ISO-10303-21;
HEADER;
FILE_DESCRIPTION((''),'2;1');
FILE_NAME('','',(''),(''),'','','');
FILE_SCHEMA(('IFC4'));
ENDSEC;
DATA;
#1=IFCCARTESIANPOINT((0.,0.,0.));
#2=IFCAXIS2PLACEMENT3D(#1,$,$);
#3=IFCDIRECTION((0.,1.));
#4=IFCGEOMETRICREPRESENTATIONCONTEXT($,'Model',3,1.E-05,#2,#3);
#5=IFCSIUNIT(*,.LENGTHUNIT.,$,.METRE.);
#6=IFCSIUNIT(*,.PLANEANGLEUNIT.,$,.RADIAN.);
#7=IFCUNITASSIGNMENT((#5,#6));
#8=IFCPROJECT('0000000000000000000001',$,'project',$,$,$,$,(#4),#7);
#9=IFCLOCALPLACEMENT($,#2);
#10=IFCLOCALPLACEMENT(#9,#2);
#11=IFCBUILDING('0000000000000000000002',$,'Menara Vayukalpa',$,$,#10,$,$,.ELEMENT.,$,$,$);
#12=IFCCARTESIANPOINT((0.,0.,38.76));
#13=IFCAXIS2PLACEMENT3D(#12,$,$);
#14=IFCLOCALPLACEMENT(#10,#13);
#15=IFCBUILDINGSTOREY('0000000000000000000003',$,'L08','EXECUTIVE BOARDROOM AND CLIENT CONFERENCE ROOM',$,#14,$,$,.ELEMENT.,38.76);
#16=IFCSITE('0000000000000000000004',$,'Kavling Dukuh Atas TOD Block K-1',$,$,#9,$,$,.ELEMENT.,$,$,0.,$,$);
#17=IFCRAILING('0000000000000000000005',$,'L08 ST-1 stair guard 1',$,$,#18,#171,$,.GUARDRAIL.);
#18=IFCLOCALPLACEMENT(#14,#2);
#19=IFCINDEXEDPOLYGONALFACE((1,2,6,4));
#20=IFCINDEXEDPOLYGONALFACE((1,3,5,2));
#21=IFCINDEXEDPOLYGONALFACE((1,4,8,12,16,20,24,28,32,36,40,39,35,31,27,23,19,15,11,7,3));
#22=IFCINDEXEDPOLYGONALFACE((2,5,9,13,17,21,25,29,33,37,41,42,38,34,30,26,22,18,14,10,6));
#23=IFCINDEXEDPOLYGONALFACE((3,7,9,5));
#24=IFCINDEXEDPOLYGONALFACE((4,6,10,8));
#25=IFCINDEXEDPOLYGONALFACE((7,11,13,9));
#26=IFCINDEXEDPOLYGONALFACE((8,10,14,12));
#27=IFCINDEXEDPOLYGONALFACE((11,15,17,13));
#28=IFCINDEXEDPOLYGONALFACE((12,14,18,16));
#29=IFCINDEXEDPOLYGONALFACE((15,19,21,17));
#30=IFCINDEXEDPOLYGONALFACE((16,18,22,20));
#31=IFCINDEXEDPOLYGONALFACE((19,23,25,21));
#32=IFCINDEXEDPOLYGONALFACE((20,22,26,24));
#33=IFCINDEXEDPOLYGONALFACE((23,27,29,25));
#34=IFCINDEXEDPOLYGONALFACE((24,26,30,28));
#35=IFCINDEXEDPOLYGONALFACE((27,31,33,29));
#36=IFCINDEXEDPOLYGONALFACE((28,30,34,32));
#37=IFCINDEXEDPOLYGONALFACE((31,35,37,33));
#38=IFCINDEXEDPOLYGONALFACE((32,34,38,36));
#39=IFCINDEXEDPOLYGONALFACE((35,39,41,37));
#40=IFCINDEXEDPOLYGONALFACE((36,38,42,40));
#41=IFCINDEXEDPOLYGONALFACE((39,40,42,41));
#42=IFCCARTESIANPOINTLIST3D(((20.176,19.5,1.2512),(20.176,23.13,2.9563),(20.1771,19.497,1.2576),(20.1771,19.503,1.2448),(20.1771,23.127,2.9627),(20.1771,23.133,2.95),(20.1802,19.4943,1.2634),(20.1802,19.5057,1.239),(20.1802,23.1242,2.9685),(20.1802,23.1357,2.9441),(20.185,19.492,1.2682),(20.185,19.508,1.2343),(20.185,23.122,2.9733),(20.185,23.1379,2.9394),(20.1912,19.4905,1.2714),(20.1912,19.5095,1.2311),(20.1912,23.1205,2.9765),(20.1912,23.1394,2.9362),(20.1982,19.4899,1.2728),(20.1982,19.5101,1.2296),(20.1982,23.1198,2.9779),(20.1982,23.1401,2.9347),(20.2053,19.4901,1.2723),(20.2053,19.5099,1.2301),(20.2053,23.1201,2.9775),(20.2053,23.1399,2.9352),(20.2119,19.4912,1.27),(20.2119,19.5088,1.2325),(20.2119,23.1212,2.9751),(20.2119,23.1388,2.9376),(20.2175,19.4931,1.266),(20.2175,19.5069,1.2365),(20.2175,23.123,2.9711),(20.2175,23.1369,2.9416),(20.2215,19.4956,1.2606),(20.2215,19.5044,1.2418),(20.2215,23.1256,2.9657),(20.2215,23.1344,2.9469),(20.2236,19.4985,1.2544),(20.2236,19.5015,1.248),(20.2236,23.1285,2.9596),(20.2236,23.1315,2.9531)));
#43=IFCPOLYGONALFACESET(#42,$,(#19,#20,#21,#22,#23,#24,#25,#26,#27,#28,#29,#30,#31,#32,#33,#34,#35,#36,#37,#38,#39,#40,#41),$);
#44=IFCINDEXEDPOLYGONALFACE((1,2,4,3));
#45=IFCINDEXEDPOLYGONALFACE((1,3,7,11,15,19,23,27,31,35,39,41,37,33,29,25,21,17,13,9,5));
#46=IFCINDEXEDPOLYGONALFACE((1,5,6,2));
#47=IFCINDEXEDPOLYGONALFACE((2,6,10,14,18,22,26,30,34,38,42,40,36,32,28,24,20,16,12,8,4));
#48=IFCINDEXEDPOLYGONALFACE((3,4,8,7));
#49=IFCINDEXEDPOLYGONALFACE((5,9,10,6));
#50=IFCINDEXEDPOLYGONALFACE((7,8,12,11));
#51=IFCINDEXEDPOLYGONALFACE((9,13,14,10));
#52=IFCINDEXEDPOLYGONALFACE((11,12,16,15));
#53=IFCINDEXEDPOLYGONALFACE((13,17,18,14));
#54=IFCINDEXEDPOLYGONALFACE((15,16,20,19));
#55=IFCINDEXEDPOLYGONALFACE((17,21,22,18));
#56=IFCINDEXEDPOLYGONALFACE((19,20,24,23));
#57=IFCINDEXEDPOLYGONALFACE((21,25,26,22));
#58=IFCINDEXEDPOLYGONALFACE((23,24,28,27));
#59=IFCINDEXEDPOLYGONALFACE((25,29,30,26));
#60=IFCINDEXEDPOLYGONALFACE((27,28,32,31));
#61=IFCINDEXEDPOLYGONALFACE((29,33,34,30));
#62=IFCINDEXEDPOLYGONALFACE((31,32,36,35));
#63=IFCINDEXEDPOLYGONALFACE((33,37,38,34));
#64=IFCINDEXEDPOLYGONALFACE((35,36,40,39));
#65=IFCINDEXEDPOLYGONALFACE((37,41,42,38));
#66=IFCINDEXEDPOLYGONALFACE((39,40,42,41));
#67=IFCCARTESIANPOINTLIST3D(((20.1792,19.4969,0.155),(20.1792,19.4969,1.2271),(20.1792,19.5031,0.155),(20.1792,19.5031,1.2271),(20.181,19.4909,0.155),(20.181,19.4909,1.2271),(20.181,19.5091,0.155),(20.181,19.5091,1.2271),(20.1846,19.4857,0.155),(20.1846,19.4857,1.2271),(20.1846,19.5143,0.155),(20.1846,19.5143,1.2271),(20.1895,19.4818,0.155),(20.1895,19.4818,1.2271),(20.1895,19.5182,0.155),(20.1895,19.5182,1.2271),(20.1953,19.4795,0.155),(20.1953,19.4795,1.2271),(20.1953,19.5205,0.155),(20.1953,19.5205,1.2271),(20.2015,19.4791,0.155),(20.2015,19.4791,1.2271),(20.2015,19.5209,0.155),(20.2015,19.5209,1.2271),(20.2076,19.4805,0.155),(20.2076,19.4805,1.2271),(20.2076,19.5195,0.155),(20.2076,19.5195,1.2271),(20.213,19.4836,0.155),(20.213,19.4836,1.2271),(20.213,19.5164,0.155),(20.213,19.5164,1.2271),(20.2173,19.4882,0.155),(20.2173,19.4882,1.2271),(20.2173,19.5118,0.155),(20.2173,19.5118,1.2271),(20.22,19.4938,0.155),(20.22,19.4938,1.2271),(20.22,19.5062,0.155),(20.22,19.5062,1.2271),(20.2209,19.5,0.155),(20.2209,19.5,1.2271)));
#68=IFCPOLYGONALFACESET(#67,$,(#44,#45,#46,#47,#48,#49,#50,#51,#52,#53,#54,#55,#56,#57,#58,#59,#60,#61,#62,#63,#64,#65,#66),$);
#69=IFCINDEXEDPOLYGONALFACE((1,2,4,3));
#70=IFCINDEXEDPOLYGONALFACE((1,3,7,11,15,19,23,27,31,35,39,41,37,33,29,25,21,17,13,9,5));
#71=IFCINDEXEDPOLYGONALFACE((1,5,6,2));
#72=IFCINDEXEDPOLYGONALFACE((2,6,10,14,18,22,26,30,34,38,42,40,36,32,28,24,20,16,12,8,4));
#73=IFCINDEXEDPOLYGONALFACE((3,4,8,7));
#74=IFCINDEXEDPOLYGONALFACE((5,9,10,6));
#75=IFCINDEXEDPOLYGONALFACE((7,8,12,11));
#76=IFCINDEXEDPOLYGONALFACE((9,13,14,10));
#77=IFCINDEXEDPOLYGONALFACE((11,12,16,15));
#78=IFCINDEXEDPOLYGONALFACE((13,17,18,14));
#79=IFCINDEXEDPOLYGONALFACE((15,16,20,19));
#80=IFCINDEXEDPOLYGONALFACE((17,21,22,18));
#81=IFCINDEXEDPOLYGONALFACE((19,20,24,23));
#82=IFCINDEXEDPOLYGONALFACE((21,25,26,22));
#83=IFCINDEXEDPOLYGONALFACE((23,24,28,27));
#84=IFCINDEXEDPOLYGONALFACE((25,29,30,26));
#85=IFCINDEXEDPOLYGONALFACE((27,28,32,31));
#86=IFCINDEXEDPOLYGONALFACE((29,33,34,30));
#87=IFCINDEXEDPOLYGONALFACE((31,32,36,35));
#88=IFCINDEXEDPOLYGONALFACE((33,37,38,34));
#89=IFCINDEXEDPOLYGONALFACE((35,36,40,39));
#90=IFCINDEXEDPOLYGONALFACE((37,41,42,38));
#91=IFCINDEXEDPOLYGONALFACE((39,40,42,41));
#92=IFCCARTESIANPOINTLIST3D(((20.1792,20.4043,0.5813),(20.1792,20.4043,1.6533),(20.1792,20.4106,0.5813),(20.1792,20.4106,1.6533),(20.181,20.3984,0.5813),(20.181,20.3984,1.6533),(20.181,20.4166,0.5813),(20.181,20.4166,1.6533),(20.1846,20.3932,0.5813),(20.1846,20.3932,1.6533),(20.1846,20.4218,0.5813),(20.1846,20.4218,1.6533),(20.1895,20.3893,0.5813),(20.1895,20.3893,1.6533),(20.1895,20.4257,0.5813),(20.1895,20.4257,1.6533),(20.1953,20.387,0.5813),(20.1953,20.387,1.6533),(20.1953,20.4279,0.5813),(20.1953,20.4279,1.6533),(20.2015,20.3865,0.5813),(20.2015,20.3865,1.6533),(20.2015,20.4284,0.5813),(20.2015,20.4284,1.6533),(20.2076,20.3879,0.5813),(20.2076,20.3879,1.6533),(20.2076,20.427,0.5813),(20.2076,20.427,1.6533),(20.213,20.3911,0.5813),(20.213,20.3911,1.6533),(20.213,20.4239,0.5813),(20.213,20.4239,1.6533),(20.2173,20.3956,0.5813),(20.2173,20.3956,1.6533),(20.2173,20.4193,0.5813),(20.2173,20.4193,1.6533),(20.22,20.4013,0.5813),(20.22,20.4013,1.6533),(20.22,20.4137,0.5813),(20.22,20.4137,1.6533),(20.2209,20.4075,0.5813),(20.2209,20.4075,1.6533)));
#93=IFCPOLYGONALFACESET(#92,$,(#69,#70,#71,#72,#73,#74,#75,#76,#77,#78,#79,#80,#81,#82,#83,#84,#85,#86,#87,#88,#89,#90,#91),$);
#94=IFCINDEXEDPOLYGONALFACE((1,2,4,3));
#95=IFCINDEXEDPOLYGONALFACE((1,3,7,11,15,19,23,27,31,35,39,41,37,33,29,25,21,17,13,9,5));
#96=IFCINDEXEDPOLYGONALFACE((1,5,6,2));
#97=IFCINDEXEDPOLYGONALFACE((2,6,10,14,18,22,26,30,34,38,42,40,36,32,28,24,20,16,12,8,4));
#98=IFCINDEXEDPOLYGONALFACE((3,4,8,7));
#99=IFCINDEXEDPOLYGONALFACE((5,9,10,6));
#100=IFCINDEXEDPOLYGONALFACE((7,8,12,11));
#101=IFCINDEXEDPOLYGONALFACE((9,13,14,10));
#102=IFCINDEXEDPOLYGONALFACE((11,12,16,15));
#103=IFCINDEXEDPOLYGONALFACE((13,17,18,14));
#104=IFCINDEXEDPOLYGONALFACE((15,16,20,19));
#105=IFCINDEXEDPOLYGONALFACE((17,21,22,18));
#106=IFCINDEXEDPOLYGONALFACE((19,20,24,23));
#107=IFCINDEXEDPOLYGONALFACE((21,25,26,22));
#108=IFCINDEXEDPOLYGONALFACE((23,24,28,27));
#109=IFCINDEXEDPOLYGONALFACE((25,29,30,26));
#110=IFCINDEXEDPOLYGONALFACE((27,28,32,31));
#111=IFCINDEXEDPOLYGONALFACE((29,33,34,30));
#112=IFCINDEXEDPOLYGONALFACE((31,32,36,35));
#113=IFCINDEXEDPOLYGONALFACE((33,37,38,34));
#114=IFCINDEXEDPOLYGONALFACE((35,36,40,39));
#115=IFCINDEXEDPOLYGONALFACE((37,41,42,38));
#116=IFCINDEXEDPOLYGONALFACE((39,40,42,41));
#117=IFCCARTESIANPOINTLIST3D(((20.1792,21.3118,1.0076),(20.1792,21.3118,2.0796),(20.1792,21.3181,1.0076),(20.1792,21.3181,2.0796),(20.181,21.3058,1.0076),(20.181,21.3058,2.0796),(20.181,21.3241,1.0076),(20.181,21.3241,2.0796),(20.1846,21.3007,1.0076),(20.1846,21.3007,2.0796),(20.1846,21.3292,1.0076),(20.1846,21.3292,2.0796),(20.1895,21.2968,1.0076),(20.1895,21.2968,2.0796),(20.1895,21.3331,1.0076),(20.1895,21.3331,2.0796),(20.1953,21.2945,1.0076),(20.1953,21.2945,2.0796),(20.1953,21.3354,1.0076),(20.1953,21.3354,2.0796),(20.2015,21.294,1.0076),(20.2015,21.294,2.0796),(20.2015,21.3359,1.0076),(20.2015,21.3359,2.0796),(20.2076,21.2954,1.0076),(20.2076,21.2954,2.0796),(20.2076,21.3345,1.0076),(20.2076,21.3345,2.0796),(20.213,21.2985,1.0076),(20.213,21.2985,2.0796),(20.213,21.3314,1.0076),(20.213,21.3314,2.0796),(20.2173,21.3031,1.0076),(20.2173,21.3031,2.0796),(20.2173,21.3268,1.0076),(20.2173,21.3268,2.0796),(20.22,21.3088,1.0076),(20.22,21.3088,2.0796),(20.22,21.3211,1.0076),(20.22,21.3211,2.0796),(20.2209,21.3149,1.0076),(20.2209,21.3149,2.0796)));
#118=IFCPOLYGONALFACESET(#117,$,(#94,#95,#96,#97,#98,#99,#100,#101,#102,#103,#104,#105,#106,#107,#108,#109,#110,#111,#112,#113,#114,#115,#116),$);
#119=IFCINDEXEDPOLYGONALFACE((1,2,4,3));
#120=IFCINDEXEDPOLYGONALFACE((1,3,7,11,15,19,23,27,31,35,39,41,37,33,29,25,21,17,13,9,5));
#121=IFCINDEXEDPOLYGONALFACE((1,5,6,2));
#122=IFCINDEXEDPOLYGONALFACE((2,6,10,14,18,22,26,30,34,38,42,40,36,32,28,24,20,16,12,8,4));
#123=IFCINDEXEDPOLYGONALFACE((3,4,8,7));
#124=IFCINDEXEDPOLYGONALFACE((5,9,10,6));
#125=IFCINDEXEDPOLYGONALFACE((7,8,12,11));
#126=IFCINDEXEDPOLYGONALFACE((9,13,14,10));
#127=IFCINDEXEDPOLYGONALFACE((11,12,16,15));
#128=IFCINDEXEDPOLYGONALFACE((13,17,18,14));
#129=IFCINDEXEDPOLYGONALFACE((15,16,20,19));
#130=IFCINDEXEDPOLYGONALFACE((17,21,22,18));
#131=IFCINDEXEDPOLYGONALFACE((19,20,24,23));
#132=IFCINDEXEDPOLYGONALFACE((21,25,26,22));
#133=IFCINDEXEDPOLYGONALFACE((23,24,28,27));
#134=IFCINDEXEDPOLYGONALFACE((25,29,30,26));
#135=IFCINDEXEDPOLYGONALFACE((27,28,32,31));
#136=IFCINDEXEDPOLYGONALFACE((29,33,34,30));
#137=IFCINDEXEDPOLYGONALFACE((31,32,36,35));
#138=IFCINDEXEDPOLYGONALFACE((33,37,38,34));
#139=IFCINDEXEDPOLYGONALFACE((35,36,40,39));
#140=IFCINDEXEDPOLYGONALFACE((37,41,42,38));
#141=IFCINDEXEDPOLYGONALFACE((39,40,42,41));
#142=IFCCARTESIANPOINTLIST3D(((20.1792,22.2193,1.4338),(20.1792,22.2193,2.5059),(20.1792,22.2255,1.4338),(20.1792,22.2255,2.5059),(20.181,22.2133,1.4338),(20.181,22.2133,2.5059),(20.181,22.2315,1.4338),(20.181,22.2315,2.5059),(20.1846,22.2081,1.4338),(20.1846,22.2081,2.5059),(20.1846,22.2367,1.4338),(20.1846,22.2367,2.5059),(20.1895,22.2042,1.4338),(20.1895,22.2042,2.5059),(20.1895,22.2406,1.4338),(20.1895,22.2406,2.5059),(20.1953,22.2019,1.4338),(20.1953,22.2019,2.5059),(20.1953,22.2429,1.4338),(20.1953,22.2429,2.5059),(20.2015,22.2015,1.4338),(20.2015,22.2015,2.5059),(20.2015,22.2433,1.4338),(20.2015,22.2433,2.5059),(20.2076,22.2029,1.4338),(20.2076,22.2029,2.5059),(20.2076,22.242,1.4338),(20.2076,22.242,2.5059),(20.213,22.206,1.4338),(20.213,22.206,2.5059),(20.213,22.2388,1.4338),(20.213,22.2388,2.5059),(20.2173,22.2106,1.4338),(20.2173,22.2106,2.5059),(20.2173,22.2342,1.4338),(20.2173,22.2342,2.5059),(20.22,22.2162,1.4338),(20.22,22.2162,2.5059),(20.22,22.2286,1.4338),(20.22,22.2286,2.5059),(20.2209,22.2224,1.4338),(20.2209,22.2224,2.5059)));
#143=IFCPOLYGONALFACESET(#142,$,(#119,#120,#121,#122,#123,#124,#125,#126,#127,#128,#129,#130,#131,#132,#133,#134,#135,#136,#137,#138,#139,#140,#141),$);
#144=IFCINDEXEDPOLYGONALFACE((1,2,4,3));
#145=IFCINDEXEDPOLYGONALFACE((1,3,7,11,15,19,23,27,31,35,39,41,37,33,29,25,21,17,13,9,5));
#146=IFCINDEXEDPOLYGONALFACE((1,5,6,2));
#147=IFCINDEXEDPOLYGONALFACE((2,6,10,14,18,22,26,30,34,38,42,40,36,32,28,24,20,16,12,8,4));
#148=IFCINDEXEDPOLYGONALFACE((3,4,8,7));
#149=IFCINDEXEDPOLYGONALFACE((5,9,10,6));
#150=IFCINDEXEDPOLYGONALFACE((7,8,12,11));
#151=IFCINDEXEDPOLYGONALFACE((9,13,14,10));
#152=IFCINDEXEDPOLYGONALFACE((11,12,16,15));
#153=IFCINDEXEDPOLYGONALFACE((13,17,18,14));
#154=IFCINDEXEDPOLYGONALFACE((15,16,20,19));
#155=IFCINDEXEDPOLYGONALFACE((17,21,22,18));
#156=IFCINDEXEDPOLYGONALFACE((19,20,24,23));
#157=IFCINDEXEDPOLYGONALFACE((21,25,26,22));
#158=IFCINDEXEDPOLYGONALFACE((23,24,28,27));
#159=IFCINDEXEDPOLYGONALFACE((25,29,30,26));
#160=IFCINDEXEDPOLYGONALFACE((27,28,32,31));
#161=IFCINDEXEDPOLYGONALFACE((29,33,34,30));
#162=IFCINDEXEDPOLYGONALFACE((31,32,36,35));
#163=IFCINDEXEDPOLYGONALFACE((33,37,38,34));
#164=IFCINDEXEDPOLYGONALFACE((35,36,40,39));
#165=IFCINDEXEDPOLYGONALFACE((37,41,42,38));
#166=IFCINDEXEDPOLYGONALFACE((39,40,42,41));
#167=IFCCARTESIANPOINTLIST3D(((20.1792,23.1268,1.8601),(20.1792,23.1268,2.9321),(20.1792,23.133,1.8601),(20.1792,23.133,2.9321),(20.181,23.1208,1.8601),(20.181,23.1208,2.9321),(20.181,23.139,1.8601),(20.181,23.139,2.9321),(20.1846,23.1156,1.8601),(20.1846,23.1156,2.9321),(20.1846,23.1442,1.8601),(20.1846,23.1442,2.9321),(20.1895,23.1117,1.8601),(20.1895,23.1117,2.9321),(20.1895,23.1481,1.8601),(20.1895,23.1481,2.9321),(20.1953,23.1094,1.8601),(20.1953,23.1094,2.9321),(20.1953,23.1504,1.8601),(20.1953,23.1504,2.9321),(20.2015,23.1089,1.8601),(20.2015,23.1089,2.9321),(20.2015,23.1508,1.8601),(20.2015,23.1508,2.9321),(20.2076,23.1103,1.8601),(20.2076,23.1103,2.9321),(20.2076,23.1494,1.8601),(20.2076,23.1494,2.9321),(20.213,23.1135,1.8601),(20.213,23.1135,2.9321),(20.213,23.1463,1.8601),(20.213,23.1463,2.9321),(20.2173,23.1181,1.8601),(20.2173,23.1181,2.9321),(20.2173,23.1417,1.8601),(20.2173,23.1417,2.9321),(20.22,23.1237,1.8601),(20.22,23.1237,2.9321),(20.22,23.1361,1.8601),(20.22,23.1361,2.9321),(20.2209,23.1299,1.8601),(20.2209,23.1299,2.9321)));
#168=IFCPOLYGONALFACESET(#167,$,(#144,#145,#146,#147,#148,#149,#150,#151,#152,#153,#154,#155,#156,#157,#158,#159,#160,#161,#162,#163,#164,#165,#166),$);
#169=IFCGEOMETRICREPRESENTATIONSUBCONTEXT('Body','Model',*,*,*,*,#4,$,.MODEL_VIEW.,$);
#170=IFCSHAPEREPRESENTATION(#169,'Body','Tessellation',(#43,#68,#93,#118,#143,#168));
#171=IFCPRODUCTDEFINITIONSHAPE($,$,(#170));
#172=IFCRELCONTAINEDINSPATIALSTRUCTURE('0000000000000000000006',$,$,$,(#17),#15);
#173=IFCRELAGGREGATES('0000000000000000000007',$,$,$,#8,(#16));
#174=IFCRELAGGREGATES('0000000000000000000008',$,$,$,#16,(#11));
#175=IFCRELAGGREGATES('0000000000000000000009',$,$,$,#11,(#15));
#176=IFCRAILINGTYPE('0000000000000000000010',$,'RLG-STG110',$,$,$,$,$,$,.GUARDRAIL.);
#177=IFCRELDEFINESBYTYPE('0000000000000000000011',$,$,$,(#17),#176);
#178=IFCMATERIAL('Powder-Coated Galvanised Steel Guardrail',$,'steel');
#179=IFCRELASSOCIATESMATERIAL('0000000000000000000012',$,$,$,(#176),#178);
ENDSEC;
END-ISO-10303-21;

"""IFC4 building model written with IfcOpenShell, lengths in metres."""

from ifc_helpers import new_model, si_unit, direction, frame, origin, origin_2d, place, context, subcontext, project, spatial, circle, extrude, material, type_object, element, save


model = new_model("IFC4")

# Units and contexts
model_context = context("Model", 3, precision=1e-05, world=origin(), true_north=direction((0.0, 1.0)))
body_context = subcontext(model_context, "Body", "Model", "MODEL_VIEW")
ifc_project = project(units=[si_unit("LENGTHUNIT", "METRE"), si_unit("PLANEANGLEUNIT", "RADIAN")], contexts=[model_context])

# Site, building, storey
site_placement = place(None, origin())
site = spatial("IfcSite", under=ifc_project, at=site_placement, Name="Kavling Dukuh Atas TOD Block K-1", CompositionType="ELEMENT", RefElevation=0.0)
building_placement = place(site_placement, origin())
building = spatial("IfcBuilding", under=site, at=building_placement, Name="Menara Vayukalpa", CompositionType="ELEMENT")
storey_placement = place(building_placement, frame((0.0, 0.0, 38.76)))
storey = spatial("IfcBuildingStorey", under=building, at=storey_placement, Name="L08", Description="EXECUTIVE BOARDROOM AND CLIENT CONFERENCE ROOM", CompositionType="ELEMENT", Elevation=38.76)

# Railing
ifc_material_1 = material(Name="Powder-Coated Galvanised Steel Guardrail", Category="steel")
railing_type = type_object("IfcRailingType", Name="RLG-STG110", PredefinedType="GUARDRAIL", material=ifc_material_1)
railing_1_placement = place(storey_placement, frame((20.2, 19.5, 0.155)))
element("IfcRailing", 1, at=railing_1_placement, inside=storey, type_object=railing_type, Name="L08 ST-1 stair guard 1", PredefinedType="GUARDRAIL", context=body_context, shape_type="SweptSolid", body=[
    extrude(circle(Radius=0.0239, at=origin_2d()), frame((0.0, 0.0, 1.0962), z_axis=(0.0, 0.905116, 0.425164), x_axis=(-1.0, 0.0, 0.0)), (0.0, 0.0, 1.0), 4.0105),
    extrude(circle(Radius=0.021, at=origin_2d()), origin(), (0.0, 0.0, 1.0), 1.072),
    extrude(circle(Radius=0.021, at=origin_2d()), frame((0.0, 0.9075, 0.4263)), (0.0, 0.0, 1.0), 1.072),
    extrude(circle(Radius=0.021, at=origin_2d()), frame((0.0, 1.8149, 0.8525)), (0.0, 0.0, 1.0), 1.072),
    extrude(circle(Radius=0.021, at=origin_2d()), frame((0.0, 2.7224, 1.2788)), (0.0, 0.0, 1.0), 1.072),
    extrude(circle(Radius=0.021, at=origin_2d()), frame((0.0, 3.6299, 1.7051)), (0.0, 0.0, 1.0), 1.072),
])

save(model, "model.ifc")
